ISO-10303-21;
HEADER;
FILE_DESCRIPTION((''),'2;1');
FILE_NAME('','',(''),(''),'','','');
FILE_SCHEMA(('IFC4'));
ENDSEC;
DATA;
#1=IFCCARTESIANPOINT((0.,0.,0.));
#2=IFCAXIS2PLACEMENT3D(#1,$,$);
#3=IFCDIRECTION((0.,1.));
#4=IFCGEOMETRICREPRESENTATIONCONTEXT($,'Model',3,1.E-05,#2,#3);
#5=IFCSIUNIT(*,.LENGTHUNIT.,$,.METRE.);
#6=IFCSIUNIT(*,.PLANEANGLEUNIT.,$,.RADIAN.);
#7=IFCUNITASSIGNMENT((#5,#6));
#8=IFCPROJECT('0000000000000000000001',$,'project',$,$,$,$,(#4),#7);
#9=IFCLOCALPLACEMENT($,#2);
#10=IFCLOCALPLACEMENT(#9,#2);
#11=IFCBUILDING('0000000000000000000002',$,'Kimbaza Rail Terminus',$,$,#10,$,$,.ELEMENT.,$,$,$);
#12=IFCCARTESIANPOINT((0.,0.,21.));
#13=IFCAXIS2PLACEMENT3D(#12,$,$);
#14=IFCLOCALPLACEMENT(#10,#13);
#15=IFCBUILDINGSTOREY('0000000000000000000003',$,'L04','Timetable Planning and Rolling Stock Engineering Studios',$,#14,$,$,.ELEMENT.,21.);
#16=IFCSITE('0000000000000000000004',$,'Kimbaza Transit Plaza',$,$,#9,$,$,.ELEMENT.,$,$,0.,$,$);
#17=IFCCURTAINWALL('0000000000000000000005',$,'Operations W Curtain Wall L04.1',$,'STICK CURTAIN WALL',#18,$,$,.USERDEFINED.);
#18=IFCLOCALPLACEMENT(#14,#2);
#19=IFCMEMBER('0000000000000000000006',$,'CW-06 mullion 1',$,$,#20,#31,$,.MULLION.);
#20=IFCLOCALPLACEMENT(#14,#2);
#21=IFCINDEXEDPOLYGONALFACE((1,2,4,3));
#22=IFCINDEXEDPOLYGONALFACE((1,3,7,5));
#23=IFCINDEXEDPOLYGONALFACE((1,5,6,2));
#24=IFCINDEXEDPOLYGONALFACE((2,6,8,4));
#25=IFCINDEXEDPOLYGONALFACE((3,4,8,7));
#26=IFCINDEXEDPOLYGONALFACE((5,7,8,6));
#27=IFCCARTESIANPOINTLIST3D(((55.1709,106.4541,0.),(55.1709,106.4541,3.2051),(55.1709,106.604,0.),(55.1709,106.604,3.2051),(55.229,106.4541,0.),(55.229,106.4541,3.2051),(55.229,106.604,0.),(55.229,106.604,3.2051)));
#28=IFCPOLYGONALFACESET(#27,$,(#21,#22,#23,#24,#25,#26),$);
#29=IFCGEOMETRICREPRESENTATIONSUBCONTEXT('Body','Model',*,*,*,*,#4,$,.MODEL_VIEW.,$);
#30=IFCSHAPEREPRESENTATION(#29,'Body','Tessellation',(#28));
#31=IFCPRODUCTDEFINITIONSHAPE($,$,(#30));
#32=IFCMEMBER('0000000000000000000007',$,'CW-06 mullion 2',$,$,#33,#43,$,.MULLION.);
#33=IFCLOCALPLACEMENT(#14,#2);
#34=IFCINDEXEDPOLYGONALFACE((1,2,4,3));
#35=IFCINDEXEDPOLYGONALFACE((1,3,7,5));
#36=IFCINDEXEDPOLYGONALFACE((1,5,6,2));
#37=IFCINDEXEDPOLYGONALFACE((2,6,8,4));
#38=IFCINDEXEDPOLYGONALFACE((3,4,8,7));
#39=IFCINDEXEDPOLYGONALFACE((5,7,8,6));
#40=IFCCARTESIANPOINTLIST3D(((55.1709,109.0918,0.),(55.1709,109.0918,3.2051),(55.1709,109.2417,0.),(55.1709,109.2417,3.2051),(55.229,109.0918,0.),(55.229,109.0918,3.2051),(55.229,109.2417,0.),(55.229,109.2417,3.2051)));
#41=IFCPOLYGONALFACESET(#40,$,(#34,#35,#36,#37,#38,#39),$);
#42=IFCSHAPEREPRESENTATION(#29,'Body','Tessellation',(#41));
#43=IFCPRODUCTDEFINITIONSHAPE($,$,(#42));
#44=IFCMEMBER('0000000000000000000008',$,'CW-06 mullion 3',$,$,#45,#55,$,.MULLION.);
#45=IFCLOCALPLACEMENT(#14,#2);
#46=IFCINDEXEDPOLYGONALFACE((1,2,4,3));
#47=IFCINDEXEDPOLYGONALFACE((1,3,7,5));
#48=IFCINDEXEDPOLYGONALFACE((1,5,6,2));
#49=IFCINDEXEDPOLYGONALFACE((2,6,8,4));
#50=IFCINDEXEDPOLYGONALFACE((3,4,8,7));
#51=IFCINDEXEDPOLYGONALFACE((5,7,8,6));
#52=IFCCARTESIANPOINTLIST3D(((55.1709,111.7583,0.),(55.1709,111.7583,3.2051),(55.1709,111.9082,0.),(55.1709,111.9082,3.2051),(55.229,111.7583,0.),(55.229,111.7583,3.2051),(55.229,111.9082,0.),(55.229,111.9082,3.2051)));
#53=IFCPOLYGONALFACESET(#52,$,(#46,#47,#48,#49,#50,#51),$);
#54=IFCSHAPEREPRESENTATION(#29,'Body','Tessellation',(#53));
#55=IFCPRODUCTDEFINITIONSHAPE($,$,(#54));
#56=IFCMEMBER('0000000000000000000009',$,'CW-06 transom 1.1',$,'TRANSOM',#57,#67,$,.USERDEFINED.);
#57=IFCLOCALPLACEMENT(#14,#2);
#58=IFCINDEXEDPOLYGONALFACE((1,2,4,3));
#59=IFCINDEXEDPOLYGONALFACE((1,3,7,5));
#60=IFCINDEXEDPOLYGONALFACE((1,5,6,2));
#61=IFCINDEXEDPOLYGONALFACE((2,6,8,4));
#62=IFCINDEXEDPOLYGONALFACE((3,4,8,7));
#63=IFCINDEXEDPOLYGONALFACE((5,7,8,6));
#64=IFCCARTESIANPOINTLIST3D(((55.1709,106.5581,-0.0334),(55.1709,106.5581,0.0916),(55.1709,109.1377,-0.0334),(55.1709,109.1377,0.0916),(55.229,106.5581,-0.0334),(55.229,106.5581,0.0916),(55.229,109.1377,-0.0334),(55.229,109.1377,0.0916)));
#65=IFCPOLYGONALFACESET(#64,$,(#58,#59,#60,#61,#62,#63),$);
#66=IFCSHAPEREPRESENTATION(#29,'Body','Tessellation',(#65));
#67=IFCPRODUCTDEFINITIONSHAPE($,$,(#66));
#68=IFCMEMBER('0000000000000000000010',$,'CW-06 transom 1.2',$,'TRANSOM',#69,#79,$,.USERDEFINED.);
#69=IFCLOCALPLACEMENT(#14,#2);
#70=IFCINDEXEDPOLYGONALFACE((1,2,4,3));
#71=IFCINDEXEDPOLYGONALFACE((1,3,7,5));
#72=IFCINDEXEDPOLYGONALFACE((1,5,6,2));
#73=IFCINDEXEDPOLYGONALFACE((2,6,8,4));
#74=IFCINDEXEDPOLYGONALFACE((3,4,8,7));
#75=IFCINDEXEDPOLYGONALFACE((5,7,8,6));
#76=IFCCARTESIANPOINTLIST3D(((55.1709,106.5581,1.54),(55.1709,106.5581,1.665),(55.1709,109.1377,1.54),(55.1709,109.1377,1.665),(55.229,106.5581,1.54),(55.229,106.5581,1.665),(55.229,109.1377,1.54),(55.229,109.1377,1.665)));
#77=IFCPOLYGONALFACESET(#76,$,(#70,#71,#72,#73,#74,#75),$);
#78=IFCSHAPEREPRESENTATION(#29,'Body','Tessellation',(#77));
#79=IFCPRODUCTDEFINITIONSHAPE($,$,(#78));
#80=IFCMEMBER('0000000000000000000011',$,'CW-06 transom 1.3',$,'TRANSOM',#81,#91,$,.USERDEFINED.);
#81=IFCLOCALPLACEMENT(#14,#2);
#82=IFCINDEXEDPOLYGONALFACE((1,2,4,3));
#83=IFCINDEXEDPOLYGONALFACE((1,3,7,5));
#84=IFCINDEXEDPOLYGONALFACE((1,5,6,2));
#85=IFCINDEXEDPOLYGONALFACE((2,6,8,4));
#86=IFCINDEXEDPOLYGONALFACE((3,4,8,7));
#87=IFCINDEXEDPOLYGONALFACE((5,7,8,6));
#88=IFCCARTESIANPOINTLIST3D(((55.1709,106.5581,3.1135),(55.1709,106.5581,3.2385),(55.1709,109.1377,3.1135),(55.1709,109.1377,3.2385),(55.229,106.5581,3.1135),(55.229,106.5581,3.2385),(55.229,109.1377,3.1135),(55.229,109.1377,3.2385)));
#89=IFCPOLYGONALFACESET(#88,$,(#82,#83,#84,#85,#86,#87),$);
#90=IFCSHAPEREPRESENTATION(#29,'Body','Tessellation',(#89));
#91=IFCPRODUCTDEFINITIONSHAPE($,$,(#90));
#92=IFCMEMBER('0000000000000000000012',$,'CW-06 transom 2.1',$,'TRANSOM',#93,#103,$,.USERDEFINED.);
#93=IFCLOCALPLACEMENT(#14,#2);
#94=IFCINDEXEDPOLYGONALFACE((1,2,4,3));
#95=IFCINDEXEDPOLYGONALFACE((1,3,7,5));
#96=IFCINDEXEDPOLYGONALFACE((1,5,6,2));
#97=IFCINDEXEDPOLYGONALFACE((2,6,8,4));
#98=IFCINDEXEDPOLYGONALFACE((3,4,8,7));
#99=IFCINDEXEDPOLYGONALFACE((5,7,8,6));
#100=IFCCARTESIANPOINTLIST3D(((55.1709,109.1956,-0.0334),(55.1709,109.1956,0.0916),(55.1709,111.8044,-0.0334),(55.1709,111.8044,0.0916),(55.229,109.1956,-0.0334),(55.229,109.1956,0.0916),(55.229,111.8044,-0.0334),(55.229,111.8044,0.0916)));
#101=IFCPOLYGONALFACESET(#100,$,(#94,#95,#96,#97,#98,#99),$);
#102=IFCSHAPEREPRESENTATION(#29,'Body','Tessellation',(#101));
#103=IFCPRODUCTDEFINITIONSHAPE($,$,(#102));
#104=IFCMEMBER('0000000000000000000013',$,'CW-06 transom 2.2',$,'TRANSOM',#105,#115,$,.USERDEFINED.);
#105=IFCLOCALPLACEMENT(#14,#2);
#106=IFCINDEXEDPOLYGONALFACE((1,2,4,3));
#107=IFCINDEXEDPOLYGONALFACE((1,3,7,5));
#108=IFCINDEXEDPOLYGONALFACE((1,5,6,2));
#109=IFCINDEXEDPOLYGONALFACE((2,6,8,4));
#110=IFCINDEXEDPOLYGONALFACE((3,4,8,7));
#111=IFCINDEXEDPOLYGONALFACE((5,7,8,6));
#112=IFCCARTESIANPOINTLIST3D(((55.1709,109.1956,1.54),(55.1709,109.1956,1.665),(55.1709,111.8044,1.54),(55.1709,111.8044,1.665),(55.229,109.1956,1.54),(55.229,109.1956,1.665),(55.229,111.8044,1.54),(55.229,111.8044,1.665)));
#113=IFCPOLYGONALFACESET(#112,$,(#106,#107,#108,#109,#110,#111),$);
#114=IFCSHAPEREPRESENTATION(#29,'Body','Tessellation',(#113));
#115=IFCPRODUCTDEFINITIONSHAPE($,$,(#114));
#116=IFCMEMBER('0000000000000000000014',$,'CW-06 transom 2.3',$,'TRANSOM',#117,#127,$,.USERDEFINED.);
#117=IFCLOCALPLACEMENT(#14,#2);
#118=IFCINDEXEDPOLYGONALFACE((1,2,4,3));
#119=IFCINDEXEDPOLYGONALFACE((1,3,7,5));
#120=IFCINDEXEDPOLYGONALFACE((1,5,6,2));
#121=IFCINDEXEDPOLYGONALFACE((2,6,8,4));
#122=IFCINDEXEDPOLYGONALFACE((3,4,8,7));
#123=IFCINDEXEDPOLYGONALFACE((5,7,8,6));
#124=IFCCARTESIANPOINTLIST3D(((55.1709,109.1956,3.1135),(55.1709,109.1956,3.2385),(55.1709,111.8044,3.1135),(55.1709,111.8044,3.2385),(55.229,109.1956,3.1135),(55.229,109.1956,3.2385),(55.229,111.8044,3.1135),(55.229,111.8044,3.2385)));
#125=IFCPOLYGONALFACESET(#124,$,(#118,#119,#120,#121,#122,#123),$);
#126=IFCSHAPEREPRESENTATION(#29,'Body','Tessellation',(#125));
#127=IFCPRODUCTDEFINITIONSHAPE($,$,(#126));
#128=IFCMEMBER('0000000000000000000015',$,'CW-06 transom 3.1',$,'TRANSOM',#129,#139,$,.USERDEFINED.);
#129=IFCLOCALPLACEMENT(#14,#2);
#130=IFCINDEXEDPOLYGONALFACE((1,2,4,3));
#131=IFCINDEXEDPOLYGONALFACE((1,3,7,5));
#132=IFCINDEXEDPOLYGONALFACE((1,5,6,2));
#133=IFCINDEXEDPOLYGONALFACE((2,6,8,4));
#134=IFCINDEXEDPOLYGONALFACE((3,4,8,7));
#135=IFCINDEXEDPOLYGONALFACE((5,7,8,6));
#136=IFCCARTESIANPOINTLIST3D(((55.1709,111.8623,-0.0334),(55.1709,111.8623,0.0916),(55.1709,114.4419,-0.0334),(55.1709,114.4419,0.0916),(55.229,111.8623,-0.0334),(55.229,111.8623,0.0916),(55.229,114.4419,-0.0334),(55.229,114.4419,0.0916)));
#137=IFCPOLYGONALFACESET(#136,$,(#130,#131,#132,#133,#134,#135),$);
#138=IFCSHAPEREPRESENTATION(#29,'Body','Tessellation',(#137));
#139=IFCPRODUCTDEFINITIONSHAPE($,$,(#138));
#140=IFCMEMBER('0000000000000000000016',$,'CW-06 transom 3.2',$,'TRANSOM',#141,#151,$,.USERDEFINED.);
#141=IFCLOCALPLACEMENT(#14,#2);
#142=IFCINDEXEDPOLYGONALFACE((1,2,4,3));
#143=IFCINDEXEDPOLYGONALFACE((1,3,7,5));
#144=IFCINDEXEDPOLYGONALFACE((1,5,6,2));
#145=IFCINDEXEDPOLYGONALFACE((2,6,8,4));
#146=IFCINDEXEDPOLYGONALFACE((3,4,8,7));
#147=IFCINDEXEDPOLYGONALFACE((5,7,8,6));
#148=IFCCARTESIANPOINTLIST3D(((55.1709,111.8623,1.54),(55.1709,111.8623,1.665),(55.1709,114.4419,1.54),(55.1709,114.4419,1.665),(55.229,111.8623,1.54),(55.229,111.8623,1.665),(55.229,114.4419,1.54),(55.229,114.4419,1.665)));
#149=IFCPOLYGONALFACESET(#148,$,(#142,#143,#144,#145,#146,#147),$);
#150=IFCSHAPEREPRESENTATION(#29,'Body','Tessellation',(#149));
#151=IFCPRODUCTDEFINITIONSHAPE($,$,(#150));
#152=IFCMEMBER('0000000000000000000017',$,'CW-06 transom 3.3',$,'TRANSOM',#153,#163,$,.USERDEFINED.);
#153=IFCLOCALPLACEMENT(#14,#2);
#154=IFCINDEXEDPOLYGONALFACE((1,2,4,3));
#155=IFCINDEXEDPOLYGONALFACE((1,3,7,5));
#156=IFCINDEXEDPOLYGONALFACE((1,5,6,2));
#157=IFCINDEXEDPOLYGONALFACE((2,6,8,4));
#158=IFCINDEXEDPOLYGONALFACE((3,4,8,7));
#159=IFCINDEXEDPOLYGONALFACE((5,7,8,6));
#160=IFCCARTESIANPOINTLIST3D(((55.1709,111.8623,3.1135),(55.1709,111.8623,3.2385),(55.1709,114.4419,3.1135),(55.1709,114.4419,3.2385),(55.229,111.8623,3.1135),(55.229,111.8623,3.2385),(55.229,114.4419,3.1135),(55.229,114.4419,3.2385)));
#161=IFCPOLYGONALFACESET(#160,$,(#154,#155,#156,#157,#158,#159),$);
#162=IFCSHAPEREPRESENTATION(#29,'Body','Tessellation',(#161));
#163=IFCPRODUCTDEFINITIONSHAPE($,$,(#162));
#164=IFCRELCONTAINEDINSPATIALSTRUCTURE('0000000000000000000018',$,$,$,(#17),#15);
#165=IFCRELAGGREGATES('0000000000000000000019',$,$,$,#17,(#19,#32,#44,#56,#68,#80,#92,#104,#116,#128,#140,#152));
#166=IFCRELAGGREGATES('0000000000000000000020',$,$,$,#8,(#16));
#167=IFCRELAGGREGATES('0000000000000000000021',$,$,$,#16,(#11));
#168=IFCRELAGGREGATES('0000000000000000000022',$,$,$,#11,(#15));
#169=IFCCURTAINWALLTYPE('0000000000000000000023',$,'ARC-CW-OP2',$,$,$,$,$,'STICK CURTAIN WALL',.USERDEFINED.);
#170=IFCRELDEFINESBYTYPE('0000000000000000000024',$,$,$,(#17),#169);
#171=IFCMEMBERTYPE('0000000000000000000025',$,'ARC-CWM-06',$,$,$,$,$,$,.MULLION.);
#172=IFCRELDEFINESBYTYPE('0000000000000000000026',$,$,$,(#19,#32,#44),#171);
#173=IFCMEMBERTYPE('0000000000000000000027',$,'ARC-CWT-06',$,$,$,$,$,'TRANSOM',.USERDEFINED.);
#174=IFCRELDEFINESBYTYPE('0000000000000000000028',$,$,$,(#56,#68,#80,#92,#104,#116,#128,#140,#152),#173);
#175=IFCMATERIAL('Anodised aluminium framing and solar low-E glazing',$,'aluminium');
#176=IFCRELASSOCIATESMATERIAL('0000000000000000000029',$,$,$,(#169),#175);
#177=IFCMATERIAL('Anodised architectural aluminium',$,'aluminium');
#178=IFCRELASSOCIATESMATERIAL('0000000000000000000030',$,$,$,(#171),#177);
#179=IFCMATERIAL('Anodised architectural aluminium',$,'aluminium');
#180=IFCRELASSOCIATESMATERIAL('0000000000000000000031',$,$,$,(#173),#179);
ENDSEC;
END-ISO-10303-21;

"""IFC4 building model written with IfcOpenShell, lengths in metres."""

from ifc_helpers import new_model, si_unit, direction, frame, origin, origin_2d, place, context, subcontext, project, spatial, rectangle, extrude, material, material_profile, profile_set, type_object, element, aggregate, save


model = new_model("IFC4")

# Units and contexts
model_context = context("Model", 3, precision=1e-05, world=origin(), true_north=direction((0.0, 1.0)))
body_context = subcontext(model_context, "Body", "Model", "MODEL_VIEW")
ifc_project = project(units=[si_unit("LENGTHUNIT", "METRE"), si_unit("PLANEANGLEUNIT", "RADIAN")], contexts=[model_context])

# Site, building, storey
site_placement = place(None, origin())
site = spatial("IfcSite", under=ifc_project, at=site_placement, Name="Kimbaza Transit Plaza", CompositionType="ELEMENT", RefElevation=0.0)
building_placement = place(site_placement, origin())
building = spatial("IfcBuilding", under=site, at=building_placement, Name="Kimbaza Rail Terminus", CompositionType="ELEMENT")
storey_placement = place(building_placement, frame((0.0, 0.0, 21.0)))
storey = spatial("IfcBuildingStorey", under=building, at=storey_placement, Name="L04", Description="Timetable Planning and Rolling Stock Engineering Studios", CompositionType="ELEMENT", Elevation=21.0)

# Curtain wall, members
ifc_material_1 = material(Name="Anodised aluminium framing and solar low-E glazing", Category="aluminium")
curtain_wall_type = type_object("IfcCurtainWallType", Name="ARC-CW-OP2", ElementType="STICK CURTAIN WALL", PredefinedType="USERDEFINED", material=ifc_material_1)
curtain_wall_placement = place(storey_placement, origin())
curtain_wall = element("IfcCurtainWall", 1, at=curtain_wall_placement, inside=storey, type_object=curtain_wall_type, Name="Operations W Curtain Wall L04.1", ObjectType="STICK CURTAIN WALL", PredefinedType="USERDEFINED")
ifc_material_2 = material(Name="Anodised architectural aluminium", Category="aluminium")
ifc_material_profile_1 = material_profile(ifc_material_2, rectangle(XDim=0.0581, YDim=0.1499, at=origin_2d()), Name="MULLION 58x150")
ifc_profile_set_1 = profile_set([ifc_material_profile_1], Name="Anodised architectural aluminium")
member_type_1 = type_object("IfcMemberType", Name="ARC-CWM-06", PredefinedType="MULLION", material=ifc_profile_set_1)
member_1_placement = place(storey_placement, frame((55.2, 106.5291, 0.0), z_axis=(0.0, 0.0, 1.0), x_axis=(-1.0, 0.0, 0.0)))
member_1 = element("IfcMember", 2, at=member_1_placement, type_object=member_type_1, Name="CW-06 mullion 1", PredefinedType="MULLION", context=body_context, shape_type="SweptSolid", body=[
    extrude(rectangle(XDim=0.0581, YDim=0.1499, at=origin_2d()), origin(), (0.0, 0.0, 1.0), 3.2051),
])
member_2_placement = place(storey_placement, frame((55.2, 109.1667, 0.0), z_axis=(0.0, 0.0, 1.0), x_axis=(-1.0, 0.0, 0.0)))
member_2 = element("IfcMember", 3, at=member_2_placement, type_object=member_type_1, Name="CW-06 mullion 2", PredefinedType="MULLION", context=body_context, shape_type="SweptSolid", body=[
    extrude(rectangle(XDim=0.0581, YDim=0.1499, at=origin_2d()), origin(), (0.0, 0.0, 1.0), 3.2051),
])
member_3_placement = place(storey_placement, frame((55.2, 111.8333, 0.0), z_axis=(0.0, 0.0, 1.0), x_axis=(-1.0, 0.0, 0.0)))
member_3 = element("IfcMember", 4, at=member_3_placement, type_object=member_type_1, Name="CW-06 mullion 3", PredefinedType="MULLION", context=body_context, shape_type="SweptSolid", body=[
    extrude(rectangle(XDim=0.0581, YDim=0.1499, at=origin_2d()), origin(), (0.0, 0.0, 1.0), 3.2051),
])
ifc_material_3 = material(Name="Anodised architectural aluminium", Category="aluminium")
ifc_material_profile_2 = material_profile(ifc_material_3, rectangle(XDim=0.0581, YDim=0.125, at=origin_2d()), Name="TRANSOM 58x125")
ifc_profile_set_2 = profile_set([ifc_material_profile_2], Name="Anodised architectural aluminium")
member_type_2 = type_object("IfcMemberType", Name="ARC-CWT-06", ElementType="TRANSOM", PredefinedType="USERDEFINED", material=ifc_profile_set_2)
member_4_placement = place(storey_placement, frame((55.2, 106.5581, 0.0291), z_axis=(0.0, 1.0, 0.0), x_axis=(-1.0, 0.0, 0.0)))
member_4 = element("IfcMember", 5, at=member_4_placement, type_object=member_type_2, Name="CW-06 transom 1.1", ObjectType="TRANSOM", PredefinedType="USERDEFINED", context=body_context, shape_type="SweptSolid", body=[
    extrude(rectangle(XDim=0.0581, YDim=0.125, at=origin_2d()), origin(), (0.0, 0.0, 1.0), 2.5796),
])
member_5_placement = place(storey_placement, frame((55.2, 106.5581, 1.6025), z_axis=(0.0, 1.0, 0.0), x_axis=(-1.0, 0.0, 0.0)))
member_5 = element("IfcMember", 6, at=member_5_placement, type_object=member_type_2, Name="CW-06 transom 1.2", ObjectType="TRANSOM", PredefinedType="USERDEFINED", context=body_context, shape_type="SweptSolid", body=[
    extrude(rectangle(XDim=0.0581, YDim=0.125, at=origin_2d()), origin(), (0.0, 0.0, 1.0), 2.5796),
])
member_6_placement = place(storey_placement, frame((55.2, 106.5581, 3.176), z_axis=(0.0, 1.0, 0.0), x_axis=(-1.0, 0.0, 0.0)))
member_6 = element("IfcMember", 7, at=member_6_placement, type_object=member_type_2, Name="CW-06 transom 1.3", ObjectType="TRANSOM", PredefinedType="USERDEFINED", context=body_context, shape_type="SweptSolid", body=[
    extrude(rectangle(XDim=0.0581, YDim=0.125, at=origin_2d()), origin(), (0.0, 0.0, 1.0), 2.5796),
])
member_7_placement = place(storey_placement, frame((55.2, 109.1956, 0.0291), z_axis=(0.0, 1.0, 0.0), x_axis=(-1.0, 0.0, 0.0)))
member_7 = element("IfcMember", 8, at=member_7_placement, type_object=member_type_2, Name="CW-06 transom 2.1", ObjectType="TRANSOM", PredefinedType="USERDEFINED", context=body_context, shape_type="SweptSolid", body=[
    extrude(rectangle(XDim=0.0581, YDim=0.125, at=origin_2d()), origin(), (0.0, 0.0, 1.0), 2.6089),
])
member_8_placement = place(storey_placement, frame((55.2, 109.1956, 1.6025), z_axis=(0.0, 1.0, 0.0), x_axis=(-1.0, 0.0, 0.0)))
member_8 = element("IfcMember", 9, at=member_8_placement, type_object=member_type_2, Name="CW-06 transom 2.2", ObjectType="TRANSOM", PredefinedType="USERDEFINED", context=body_context, shape_type="SweptSolid", body=[
    extrude(rectangle(XDim=0.0581, YDim=0.125, at=origin_2d()), origin(), (0.0, 0.0, 1.0), 2.6089),
])
member_9_placement = place(storey_placement, frame((55.2, 109.1956, 3.176), z_axis=(0.0, 1.0, 0.0), x_axis=(-1.0, 0.0, 0.0)))
member_9 = element("IfcMember", 10, at=member_9_placement, type_object=member_type_2, Name="CW-06 transom 2.3", ObjectType="TRANSOM", PredefinedType="USERDEFINED", context=body_context, shape_type="SweptSolid", body=[
    extrude(rectangle(XDim=0.0581, YDim=0.125, at=origin_2d()), origin(), (0.0, 0.0, 1.0), 2.6089),
])
member_10_placement = place(storey_placement, frame((55.2, 111.8623, 0.0291), z_axis=(0.0, 1.0, 0.0), x_axis=(-1.0, 0.0, 0.0)))
member_10 = element("IfcMember", 11, at=member_10_placement, type_object=member_type_2, Name="CW-06 transom 3.1", ObjectType="TRANSOM", PredefinedType="USERDEFINED", context=body_context, shape_type="SweptSolid", body=[
    extrude(rectangle(XDim=0.0581, YDim=0.125, at=origin_2d()), origin(), (0.0, 0.0, 1.0), 2.5796),
])
member_11_placement = place(storey_placement, frame((55.2, 111.8623, 1.6025), z_axis=(0.0, 1.0, 0.0), x_axis=(-1.0, 0.0, 0.0)))
member_11 = element("IfcMember", 12, at=member_11_placement, type_object=member_type_2, Name="CW-06 transom 3.2", ObjectType="TRANSOM", PredefinedType="USERDEFINED", context=body_context, shape_type="SweptSolid", body=[
    extrude(rectangle(XDim=0.0581, YDim=0.125, at=origin_2d()), origin(), (0.0, 0.0, 1.0), 2.5796),
])
member_12_placement = place(storey_placement, frame((55.2, 111.8623, 3.176), z_axis=(0.0, 1.0, 0.0), x_axis=(-1.0, 0.0, 0.0)))
member_12 = element("IfcMember", 13, at=member_12_placement, type_object=member_type_2, Name="CW-06 transom 3.3", ObjectType="TRANSOM", PredefinedType="USERDEFINED", context=body_context, shape_type="SweptSolid", body=[
    extrude(rectangle(XDim=0.0581, YDim=0.125, at=origin_2d()), origin(), (0.0, 0.0, 1.0), 2.5796),
])

aggregate(curtain_wall, [member_1, member_2, member_3, member_4, member_5, member_6, member_7, member_8, member_9, member_10, member_11, member_12])

save(model, "model.ifc")
